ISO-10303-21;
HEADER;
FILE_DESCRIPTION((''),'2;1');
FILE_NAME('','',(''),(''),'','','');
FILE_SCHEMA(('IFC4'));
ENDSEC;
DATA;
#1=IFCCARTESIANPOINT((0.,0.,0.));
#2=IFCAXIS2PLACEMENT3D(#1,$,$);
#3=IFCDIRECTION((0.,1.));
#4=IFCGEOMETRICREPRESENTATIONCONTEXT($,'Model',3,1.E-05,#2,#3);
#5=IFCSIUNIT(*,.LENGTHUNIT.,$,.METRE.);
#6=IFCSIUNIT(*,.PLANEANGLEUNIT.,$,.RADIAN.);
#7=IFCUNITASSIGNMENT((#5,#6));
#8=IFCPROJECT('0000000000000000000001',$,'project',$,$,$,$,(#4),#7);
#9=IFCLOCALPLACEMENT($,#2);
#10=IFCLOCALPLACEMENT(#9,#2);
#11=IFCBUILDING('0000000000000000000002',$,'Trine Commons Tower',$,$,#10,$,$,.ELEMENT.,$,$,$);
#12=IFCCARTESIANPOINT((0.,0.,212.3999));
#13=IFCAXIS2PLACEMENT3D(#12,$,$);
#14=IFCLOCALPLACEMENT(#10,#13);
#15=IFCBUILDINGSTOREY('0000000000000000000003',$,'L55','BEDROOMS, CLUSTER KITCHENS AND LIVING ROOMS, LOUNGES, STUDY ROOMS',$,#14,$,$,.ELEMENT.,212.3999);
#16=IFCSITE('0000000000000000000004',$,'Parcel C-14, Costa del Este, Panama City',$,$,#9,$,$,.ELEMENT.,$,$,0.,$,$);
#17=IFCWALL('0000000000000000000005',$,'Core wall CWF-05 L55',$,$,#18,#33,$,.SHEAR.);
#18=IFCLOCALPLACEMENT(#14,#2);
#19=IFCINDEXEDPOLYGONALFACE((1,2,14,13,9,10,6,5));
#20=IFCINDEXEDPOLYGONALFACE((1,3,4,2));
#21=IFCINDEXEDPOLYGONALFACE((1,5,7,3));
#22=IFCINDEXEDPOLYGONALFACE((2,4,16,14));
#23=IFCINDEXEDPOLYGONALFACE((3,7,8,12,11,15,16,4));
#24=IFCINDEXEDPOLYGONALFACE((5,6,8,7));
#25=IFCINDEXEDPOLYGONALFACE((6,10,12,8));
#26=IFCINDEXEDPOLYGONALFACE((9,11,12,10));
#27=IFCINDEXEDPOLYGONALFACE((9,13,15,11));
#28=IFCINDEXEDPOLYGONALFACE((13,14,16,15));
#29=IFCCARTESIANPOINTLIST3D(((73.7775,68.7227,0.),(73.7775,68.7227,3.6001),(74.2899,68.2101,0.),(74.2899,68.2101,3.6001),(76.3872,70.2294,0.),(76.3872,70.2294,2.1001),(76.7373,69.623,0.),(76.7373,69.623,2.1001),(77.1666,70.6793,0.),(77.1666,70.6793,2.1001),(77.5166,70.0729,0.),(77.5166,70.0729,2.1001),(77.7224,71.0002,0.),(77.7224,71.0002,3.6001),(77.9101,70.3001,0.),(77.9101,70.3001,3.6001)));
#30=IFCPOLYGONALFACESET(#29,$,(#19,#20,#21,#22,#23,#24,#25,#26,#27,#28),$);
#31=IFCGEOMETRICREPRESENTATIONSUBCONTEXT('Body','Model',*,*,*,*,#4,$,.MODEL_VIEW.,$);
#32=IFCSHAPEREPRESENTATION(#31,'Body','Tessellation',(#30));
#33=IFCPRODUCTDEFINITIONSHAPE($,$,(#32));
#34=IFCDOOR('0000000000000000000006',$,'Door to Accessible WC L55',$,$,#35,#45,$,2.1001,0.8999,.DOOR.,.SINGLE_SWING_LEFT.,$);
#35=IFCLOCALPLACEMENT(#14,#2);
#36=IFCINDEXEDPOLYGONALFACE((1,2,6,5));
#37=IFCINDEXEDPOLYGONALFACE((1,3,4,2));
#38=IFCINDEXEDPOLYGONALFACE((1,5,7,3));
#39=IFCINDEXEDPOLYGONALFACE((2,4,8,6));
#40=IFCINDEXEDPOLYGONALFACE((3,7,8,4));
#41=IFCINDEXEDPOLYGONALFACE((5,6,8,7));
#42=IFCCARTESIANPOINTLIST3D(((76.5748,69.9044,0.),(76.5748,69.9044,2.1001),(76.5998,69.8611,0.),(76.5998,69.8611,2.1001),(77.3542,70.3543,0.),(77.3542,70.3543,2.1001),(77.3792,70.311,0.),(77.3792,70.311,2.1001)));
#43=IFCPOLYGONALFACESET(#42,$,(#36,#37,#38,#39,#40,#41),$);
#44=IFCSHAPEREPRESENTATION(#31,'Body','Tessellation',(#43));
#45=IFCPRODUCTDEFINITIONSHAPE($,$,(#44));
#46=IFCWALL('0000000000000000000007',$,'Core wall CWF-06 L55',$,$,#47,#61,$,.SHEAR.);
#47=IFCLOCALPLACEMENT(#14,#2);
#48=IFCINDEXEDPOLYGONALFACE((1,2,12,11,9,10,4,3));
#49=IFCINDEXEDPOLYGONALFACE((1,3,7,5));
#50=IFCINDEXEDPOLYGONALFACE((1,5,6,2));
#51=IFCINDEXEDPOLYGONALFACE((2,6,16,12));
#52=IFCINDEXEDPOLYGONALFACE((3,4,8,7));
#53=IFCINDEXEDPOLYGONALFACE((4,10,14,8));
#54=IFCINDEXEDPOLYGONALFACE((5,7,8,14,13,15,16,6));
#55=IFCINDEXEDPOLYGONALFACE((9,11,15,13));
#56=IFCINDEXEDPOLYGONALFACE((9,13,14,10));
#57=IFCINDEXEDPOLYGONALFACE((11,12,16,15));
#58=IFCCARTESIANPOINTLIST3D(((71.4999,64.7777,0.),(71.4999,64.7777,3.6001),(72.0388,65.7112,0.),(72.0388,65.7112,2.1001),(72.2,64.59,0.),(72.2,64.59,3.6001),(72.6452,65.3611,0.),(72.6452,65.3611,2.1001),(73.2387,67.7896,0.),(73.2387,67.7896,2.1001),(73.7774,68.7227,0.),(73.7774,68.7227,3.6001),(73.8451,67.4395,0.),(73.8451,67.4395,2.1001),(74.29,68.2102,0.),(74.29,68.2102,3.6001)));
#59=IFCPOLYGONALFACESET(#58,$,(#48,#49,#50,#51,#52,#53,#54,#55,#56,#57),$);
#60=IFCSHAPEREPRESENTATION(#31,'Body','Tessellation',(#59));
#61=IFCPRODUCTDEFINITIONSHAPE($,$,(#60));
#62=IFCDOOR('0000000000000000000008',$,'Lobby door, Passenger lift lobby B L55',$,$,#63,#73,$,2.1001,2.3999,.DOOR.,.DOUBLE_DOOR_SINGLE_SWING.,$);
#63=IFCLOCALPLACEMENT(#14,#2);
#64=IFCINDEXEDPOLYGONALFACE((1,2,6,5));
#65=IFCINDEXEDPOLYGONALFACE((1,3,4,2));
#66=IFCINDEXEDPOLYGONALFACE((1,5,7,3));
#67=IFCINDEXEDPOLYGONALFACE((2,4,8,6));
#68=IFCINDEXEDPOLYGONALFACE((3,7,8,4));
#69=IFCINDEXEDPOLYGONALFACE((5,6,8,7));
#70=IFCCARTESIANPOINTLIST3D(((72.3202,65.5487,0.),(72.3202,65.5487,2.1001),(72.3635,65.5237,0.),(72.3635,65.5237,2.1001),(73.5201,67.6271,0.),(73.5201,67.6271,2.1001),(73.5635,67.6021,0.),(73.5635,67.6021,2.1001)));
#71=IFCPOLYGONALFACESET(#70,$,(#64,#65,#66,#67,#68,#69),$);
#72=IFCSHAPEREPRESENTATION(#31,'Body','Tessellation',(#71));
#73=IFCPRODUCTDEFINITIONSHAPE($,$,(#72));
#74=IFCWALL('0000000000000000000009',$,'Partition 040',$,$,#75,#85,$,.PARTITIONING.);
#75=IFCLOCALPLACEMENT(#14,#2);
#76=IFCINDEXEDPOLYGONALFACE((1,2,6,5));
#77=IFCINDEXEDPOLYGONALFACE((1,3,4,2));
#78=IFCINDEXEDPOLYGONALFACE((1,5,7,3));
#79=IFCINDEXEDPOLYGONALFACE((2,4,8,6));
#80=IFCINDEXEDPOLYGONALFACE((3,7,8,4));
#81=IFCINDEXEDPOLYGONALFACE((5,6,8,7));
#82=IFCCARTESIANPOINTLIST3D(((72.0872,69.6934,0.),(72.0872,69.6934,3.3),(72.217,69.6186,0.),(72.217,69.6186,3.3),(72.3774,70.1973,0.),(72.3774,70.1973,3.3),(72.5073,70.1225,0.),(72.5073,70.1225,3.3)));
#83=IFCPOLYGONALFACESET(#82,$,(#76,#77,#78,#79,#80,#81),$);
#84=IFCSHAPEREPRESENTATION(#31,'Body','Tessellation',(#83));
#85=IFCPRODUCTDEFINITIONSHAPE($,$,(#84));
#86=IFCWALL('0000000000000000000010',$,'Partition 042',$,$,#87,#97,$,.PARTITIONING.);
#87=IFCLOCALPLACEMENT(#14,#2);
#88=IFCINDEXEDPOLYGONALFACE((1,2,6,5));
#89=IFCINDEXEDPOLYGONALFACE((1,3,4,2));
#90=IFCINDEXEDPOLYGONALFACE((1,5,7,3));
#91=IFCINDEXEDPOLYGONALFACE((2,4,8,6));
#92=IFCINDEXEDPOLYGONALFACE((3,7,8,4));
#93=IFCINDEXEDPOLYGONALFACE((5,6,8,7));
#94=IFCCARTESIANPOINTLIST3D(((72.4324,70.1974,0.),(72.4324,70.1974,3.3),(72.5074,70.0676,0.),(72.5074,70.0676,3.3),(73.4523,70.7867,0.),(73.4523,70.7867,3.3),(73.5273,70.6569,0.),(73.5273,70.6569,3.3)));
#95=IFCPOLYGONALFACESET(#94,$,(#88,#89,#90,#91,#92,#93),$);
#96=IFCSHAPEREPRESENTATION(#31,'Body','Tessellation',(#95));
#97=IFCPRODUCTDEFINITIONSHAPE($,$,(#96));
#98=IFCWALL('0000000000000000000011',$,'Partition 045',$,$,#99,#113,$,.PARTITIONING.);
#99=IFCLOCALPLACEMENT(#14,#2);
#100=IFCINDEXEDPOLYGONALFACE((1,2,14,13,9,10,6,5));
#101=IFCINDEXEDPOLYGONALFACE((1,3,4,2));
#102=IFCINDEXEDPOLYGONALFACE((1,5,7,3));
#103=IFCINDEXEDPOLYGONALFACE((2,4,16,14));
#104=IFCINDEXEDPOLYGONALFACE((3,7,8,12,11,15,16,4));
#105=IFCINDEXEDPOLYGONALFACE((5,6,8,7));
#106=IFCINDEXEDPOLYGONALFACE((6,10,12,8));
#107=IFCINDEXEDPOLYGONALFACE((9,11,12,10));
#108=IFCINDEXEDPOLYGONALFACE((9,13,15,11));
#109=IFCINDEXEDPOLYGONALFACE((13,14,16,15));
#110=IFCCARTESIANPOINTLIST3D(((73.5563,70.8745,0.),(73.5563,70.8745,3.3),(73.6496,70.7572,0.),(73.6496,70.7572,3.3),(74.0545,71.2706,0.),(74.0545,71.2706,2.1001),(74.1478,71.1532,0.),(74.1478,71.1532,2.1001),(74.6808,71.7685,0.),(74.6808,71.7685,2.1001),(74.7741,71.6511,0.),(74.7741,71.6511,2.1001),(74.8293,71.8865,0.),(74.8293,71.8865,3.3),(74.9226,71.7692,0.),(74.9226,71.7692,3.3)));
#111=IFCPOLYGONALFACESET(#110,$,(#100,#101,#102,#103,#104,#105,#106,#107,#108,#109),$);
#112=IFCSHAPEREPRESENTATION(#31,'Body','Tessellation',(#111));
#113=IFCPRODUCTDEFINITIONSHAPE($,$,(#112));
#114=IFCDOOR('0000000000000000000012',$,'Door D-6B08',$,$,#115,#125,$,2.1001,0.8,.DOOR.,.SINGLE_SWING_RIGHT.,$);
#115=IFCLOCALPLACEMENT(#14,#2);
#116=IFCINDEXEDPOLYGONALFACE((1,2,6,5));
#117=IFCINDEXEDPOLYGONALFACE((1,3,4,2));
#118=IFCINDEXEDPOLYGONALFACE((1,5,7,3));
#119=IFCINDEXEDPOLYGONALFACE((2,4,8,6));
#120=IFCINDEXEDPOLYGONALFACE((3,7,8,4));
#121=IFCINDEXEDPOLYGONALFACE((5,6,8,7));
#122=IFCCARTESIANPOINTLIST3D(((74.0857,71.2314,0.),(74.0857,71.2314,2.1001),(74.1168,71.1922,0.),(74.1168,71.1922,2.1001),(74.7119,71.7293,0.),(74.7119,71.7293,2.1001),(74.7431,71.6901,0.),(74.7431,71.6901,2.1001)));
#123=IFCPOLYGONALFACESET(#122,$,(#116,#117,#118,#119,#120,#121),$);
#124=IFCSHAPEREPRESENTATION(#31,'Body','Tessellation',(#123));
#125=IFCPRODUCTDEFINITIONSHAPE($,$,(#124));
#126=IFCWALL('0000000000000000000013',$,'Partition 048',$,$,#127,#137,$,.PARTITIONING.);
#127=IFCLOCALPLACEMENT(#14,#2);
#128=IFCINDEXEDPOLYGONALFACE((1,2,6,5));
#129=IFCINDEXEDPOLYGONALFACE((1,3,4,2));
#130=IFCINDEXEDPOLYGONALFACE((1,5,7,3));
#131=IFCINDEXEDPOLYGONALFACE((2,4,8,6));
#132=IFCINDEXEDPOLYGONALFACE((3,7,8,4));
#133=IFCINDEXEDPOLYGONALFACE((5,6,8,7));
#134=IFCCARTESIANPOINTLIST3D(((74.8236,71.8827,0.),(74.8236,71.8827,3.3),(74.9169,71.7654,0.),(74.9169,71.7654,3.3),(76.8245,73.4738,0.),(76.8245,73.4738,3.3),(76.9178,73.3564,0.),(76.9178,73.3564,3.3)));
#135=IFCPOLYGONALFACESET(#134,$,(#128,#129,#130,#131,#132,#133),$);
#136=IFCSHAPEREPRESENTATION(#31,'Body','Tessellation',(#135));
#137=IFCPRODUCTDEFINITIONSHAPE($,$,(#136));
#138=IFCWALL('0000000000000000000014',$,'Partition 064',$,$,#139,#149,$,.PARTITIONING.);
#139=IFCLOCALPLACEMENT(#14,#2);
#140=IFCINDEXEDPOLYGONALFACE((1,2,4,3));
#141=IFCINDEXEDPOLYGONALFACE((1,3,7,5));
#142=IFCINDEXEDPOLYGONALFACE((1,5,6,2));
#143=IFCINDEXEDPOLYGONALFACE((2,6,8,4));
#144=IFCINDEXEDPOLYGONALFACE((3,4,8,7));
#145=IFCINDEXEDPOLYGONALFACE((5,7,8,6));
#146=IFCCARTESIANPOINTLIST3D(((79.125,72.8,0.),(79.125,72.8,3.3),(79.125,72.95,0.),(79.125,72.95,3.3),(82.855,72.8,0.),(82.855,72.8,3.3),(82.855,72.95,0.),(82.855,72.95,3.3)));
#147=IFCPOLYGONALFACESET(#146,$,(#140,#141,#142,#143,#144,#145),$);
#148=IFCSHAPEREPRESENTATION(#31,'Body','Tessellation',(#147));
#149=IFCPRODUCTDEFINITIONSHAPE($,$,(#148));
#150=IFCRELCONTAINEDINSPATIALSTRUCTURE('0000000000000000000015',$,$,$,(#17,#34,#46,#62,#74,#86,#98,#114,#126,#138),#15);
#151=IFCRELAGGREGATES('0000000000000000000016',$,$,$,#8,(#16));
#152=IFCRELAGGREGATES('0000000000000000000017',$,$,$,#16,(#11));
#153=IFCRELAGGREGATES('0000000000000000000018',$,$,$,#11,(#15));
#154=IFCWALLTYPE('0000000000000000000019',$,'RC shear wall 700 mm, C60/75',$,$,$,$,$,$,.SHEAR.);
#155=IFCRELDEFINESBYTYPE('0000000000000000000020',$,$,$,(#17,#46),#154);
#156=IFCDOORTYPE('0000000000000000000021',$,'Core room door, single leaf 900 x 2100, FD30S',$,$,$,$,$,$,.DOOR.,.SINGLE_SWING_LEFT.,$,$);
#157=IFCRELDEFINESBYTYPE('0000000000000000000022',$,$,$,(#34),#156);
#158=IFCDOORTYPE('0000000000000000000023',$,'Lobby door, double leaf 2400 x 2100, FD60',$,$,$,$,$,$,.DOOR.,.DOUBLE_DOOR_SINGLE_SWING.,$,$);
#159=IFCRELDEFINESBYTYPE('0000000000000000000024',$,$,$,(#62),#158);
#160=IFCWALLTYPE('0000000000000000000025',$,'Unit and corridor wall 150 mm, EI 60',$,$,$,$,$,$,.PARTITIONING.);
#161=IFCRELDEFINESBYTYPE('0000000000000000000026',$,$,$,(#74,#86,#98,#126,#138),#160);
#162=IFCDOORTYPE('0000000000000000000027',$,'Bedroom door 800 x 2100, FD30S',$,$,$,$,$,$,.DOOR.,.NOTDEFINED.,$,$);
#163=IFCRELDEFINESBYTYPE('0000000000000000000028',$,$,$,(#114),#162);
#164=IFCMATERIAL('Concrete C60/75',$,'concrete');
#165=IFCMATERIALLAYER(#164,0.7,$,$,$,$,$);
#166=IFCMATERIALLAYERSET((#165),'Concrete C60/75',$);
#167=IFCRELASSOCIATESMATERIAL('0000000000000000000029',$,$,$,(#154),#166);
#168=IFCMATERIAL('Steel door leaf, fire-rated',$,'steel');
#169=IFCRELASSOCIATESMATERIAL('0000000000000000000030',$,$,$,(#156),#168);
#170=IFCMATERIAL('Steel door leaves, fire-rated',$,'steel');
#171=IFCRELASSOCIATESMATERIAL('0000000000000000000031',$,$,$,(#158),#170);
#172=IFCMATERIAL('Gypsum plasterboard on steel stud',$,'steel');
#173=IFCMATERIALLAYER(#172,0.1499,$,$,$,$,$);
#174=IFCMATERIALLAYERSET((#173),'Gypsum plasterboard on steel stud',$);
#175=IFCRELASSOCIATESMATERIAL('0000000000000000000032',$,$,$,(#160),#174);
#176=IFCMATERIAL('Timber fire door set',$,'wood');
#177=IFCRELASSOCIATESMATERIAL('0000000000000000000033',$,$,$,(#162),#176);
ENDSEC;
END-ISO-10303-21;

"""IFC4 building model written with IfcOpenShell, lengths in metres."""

from ifc_helpers import new_model, si_unit, direction, frame, frame_2d, origin, place, context, subcontext, project, spatial, polyline, rectangle, outline, extrude, material, layer, layer_set, type_object, element, fill, save


model = new_model("IFC4")

# Units and contexts
model_context = context("Model", 3, precision=1e-05, world=origin(), true_north=direction((0.0, 1.0)))
body_context = subcontext(model_context, "Body", "Model", "MODEL_VIEW")
ifc_project = project(units=[si_unit("LENGTHUNIT", "METRE"), si_unit("PLANEANGLEUNIT", "RADIAN")], contexts=[model_context])

# Site, building, storey
site_placement = place(None, origin())
site = spatial("IfcSite", under=ifc_project, at=site_placement, Name="Parcel C-14, Costa del Este, Panama City", CompositionType="ELEMENT", RefElevation=0.0)
building_placement = place(site_placement, origin())
building = spatial("IfcBuilding", under=site, at=building_placement, Name="Trine Commons Tower", CompositionType="ELEMENT")
storey_placement = place(building_placement, frame((0.0, 0.0, 212.3999)))
storey = spatial("IfcBuildingStorey", under=building, at=storey_placement, Name="L55", Description="BEDROOMS, CLUSTER KITCHENS AND LIVING ROOMS, LOUNGES, STUDY ROOMS", CompositionType="ELEMENT", Elevation=212.3999)

# Walls, openings, doors
ifc_material_1 = material(Name="Concrete C60/75", Category="concrete")
ifc_layer_1 = layer(ifc_material_1, 0.7)
ifc_layer_set_1 = layer_set([ifc_layer_1], Name="Concrete C60/75")
wall_type_1 = type_object("IfcWallType", Name="RC shear wall 700 mm, C60/75", PredefinedType="SHEAR", material=ifc_layer_set_1)
wall_1_placement = place(storey_placement, frame((77.8975, 70.697, 0.0), z_axis=(0.0, 0.0, 1.0), x_axis=(-0.866035, -0.499984, 0.0)))
wall_1 = element("IfcWall", 1, at=wall_1_placement, inside=storey, type_object=wall_type_1, Name="Core wall CWF-05 L55", PredefinedType="SHEAR", context=body_context, shape_type="SweptSolid", body=[
    extrude(outline(polyline([(0.0, -0.3501), (4.5552, -0.3501), (4.3677, 0.3501), (0.1875, 0.3501), (0.0, -0.3501)])), origin(), (0.0, 0.0, 1.0), 3.6001),
])
opening_1_placement = place(wall_1_placement, frame((0.6418, 0.0, 0.0)))
opening_1 = element("IfcOpeningElement", 2, at=opening_1_placement, cuts=wall_1, PredefinedType="OPENING", context=body_context, shape_type="SweptSolid", body=[
    extrude(rectangle(XDim=0.8999, YDim=2.1001, at=frame_2d((0.45, 1.05))), frame((0.0, 0.3599, 0.0), z_axis=(0.0, -1.0, 0.0), x_axis=(1.0, 0.0, 0.0)), (0.0, 0.0, 1.0), 0.72),
])
ifc_material_2 = material(Name="Steel door leaf, fire-rated", Category="steel")
door_type_1 = type_object("IfcDoorType", Name="Core room door, single leaf 900 x 2100, FD30S", OperationType="SINGLE_SWING_LEFT", PredefinedType="DOOR", material=ifc_material_2)
door_1_placement = place(opening_1_placement, origin())
door_1 = element("IfcDoor", 3, at=door_1_placement, inside=storey, type_object=door_type_1, Name="Door to Accessible WC L55", OperationType="SINGLE_SWING_LEFT", OverallHeight=2.1001, OverallWidth=0.8999, PredefinedType="DOOR", context=body_context, shape_type="SweptSolid", body=[
    extrude(rectangle(XDim=0.8999, YDim=2.1001, at=frame_2d((0.45, 1.05))), frame((0.0, 0.0752, 0.0), z_axis=(0.0, -1.0, 0.0), x_axis=(1.0, 0.0, 0.0)), (0.0, 0.0, 1.0), 0.05),
])
fill(opening_1, door_1)
wall_2_placement = place(storey_placement, frame((74.0806, 68.5476, 0.0), z_axis=(0.0, 0.0, 1.0), x_axis=(-0.499984, -0.866035, 0.0)))
wall_2 = element("IfcWall", 4, at=wall_2_placement, inside=storey, type_object=wall_type_1, Name="Core wall CWF-06 L55", PredefinedType="SHEAR", context=body_context, shape_type="SweptSolid", body=[
    extrude(outline(polyline([(0.0, -0.3501), (4.5552, -0.3501), (4.3677, 0.3501), (0.1875, 0.3501), (0.0, -0.3501)])), origin(), (0.0, 0.0, 1.0), 3.6001),
])
opening_2_placement = place(wall_2_placement, frame((1.0774, 0.0, 0.0)))
opening_2 = element("IfcOpeningElement", 5, at=opening_2_placement, cuts=wall_2, PredefinedType="OPENING", context=body_context, shape_type="SweptSolid", body=[
    extrude(rectangle(XDim=2.3999, YDim=2.1001, at=frame_2d((1.2, 1.05))), frame((0.0, 0.3599, 0.0), z_axis=(0.0, -1.0, 0.0), x_axis=(1.0, 0.0, 0.0)), (0.0, 0.0, 1.0), 0.72),
])
ifc_material_3 = material(Name="Steel door leaves, fire-rated", Category="steel")
door_type_2 = type_object("IfcDoorType", Name="Lobby door, double leaf 2400 x 2100, FD60", OperationType="DOUBLE_DOOR_SINGLE_SWING", PredefinedType="DOOR", material=ifc_material_3)
door_2_placement = place(opening_2_placement, origin())
door_2 = element("IfcDoor", 6, at=door_2_placement, inside=storey, type_object=door_type_2, Name="Lobby door, Passenger lift lobby B L55", OperationType="DOUBLE_DOOR_SINGLE_SWING", OverallHeight=2.1001, OverallWidth=2.3999, PredefinedType="DOOR", context=body_context, shape_type="SweptSolid", body=[
    extrude(rectangle(XDim=2.3999, YDim=2.1001, at=frame_2d((1.2, 1.05))), frame((0.0, 0.0249, 0.0), z_axis=(0.0, -1.0, 0.0), x_axis=(1.0, 0.0, 0.0)), (0.0, 0.0, 1.0), 0.05),
])
fill(opening_2, door_2)

# Walls
ifc_material_4 = material(Name="Gypsum plasterboard on steel stud", Category="steel")
ifc_layer_2 = layer(ifc_material_4, 0.1499)
ifc_layer_set_2 = layer_set([ifc_layer_2], Name="Gypsum plasterboard on steel stud")
wall_type_2 = type_object("IfcWallType", Name="Unit and corridor wall 150 mm, EI 60", PredefinedType="PARTITIONING", material=ifc_layer_set_2)
wall_3_placement = place(storey_placement, frame((72.1521, 69.656, 0.0), z_axis=(0.0, 0.0, 1.0), x_axis=(0.499165, 0.866507, 0.0)))
element("IfcWall", 7, at=wall_3_placement, inside=storey, type_object=wall_type_2, Name="Partition 040", PredefinedType="PARTITIONING", context=body_context, shape_type="SweptSolid", body=[
    extrude(rectangle(XDim=0.5815, YDim=0.1499, at=frame_2d((0.2908, 0.0))), origin(), (0.0, 0.0, 1.0), 3.3),
])
wall_4_placement = place(storey_placement, frame((72.47, 70.1326, 0.0), z_axis=(0.0, 0.0, 1.0), x_axis=(0.865861, 0.500285, 0.0)))
element("IfcWall", 8, at=wall_4_placement, inside=storey, type_object=wall_type_2, Name="Partition 042", PredefinedType="PARTITIONING", context=body_context, shape_type="SweptSolid", body=[
    extrude(rectangle(XDim=1.178, YDim=0.1499, at=frame_2d((0.5889, 0.0))), origin(), (0.0, 0.0, 1.0), 3.3),
])

# Wall, opening, door
wall_5_placement = place(storey_placement, frame((73.603, 70.8159, 0.0), z_axis=(0.0, 0.0, 1.0), x_axis=(0.782784, 0.622294, 0.0)))
wall_5 = element("IfcWall", 9, at=wall_5_placement, inside=storey, type_object=wall_type_2, Name="Partition 045", PredefinedType="PARTITIONING", context=body_context, shape_type="SweptSolid", body=[
    extrude(rectangle(XDim=1.6262, YDim=0.1499, at=frame_2d((0.813, 0.0))), origin(), (0.0, 0.0, 1.0), 3.3),
])
opening_3_placement = place(wall_5_placement, frame((0.6365, 0.0, 0.0)))
opening_3 = element("IfcOpeningElement", 10, at=opening_3_placement, cuts=wall_5, PredefinedType="OPENING", context=body_context, shape_type="SweptSolid", body=[
    extrude(rectangle(XDim=0.8, YDim=2.1001, at=frame_2d((0.3999, 1.05))), frame((0.0, 0.085, 0.0), z_axis=(0.0, -1.0, 0.0), x_axis=(1.0, 0.0, 0.0)), (0.0, 0.0, 1.0), 0.1699),
])
ifc_material_5 = material(Name="Timber fire door set", Category="wood")
door_type_3 = type_object("IfcDoorType", Name="Bedroom door 800 x 2100, FD30S", OperationType="NOTDEFINED", PredefinedType="DOOR", material=ifc_material_5)
door_3_placement = place(opening_3_placement, origin())
door_3 = element("IfcDoor", 11, at=door_3_placement, inside=storey, type_object=door_type_3, Name="Door D-6B08", OperationType="SINGLE_SWING_RIGHT", OverallHeight=2.1001, OverallWidth=0.8, PredefinedType="DOOR", context=body_context, shape_type="SweptSolid", body=[
    extrude(rectangle(XDim=0.8, YDim=2.1001, at=frame_2d((0.3999, 1.05))), frame((0.0, 0.0249, 0.0), z_axis=(0.0, -1.0, 0.0), x_axis=(1.0, 0.0, 0.0)), (0.0, 0.0, 1.0), 0.05),
])
fill(opening_3, door_3)

# Walls
wall_6_placement = place(storey_placement, frame((74.8701, 71.824, 0.0), z_axis=(0.0, 0.0, 1.0), x_axis=(0.782719, 0.622375, 0.0)))
element("IfcWall", 12, at=wall_6_placement, inside=storey, type_object=wall_type_2, Name="Partition 048", PredefinedType="PARTITIONING", context=body_context, shape_type="SweptSolid", body=[
    extrude(rectangle(XDim=2.5564, YDim=0.1499, at=frame_2d((1.2783, 0.0))), origin(), (0.0, 0.0, 1.0), 3.3),
])
wall_7_placement = place(storey_placement, frame((79.125, 72.875, 0.0), z_axis=(0.0, 0.0, 1.0), x_axis=(1.0, 0.0, 0.0)))
element("IfcWall", 13, at=wall_7_placement, inside=storey, type_object=wall_type_2, Name="Partition 064", PredefinedType="PARTITIONING", context=body_context, shape_type="SweptSolid", body=[
    extrude(rectangle(XDim=3.73, YDim=0.1499, at=frame_2d((1.865, 0.0))), origin(), (0.0, 0.0, 1.0), 3.3),
])

save(model, "model.ifc")
